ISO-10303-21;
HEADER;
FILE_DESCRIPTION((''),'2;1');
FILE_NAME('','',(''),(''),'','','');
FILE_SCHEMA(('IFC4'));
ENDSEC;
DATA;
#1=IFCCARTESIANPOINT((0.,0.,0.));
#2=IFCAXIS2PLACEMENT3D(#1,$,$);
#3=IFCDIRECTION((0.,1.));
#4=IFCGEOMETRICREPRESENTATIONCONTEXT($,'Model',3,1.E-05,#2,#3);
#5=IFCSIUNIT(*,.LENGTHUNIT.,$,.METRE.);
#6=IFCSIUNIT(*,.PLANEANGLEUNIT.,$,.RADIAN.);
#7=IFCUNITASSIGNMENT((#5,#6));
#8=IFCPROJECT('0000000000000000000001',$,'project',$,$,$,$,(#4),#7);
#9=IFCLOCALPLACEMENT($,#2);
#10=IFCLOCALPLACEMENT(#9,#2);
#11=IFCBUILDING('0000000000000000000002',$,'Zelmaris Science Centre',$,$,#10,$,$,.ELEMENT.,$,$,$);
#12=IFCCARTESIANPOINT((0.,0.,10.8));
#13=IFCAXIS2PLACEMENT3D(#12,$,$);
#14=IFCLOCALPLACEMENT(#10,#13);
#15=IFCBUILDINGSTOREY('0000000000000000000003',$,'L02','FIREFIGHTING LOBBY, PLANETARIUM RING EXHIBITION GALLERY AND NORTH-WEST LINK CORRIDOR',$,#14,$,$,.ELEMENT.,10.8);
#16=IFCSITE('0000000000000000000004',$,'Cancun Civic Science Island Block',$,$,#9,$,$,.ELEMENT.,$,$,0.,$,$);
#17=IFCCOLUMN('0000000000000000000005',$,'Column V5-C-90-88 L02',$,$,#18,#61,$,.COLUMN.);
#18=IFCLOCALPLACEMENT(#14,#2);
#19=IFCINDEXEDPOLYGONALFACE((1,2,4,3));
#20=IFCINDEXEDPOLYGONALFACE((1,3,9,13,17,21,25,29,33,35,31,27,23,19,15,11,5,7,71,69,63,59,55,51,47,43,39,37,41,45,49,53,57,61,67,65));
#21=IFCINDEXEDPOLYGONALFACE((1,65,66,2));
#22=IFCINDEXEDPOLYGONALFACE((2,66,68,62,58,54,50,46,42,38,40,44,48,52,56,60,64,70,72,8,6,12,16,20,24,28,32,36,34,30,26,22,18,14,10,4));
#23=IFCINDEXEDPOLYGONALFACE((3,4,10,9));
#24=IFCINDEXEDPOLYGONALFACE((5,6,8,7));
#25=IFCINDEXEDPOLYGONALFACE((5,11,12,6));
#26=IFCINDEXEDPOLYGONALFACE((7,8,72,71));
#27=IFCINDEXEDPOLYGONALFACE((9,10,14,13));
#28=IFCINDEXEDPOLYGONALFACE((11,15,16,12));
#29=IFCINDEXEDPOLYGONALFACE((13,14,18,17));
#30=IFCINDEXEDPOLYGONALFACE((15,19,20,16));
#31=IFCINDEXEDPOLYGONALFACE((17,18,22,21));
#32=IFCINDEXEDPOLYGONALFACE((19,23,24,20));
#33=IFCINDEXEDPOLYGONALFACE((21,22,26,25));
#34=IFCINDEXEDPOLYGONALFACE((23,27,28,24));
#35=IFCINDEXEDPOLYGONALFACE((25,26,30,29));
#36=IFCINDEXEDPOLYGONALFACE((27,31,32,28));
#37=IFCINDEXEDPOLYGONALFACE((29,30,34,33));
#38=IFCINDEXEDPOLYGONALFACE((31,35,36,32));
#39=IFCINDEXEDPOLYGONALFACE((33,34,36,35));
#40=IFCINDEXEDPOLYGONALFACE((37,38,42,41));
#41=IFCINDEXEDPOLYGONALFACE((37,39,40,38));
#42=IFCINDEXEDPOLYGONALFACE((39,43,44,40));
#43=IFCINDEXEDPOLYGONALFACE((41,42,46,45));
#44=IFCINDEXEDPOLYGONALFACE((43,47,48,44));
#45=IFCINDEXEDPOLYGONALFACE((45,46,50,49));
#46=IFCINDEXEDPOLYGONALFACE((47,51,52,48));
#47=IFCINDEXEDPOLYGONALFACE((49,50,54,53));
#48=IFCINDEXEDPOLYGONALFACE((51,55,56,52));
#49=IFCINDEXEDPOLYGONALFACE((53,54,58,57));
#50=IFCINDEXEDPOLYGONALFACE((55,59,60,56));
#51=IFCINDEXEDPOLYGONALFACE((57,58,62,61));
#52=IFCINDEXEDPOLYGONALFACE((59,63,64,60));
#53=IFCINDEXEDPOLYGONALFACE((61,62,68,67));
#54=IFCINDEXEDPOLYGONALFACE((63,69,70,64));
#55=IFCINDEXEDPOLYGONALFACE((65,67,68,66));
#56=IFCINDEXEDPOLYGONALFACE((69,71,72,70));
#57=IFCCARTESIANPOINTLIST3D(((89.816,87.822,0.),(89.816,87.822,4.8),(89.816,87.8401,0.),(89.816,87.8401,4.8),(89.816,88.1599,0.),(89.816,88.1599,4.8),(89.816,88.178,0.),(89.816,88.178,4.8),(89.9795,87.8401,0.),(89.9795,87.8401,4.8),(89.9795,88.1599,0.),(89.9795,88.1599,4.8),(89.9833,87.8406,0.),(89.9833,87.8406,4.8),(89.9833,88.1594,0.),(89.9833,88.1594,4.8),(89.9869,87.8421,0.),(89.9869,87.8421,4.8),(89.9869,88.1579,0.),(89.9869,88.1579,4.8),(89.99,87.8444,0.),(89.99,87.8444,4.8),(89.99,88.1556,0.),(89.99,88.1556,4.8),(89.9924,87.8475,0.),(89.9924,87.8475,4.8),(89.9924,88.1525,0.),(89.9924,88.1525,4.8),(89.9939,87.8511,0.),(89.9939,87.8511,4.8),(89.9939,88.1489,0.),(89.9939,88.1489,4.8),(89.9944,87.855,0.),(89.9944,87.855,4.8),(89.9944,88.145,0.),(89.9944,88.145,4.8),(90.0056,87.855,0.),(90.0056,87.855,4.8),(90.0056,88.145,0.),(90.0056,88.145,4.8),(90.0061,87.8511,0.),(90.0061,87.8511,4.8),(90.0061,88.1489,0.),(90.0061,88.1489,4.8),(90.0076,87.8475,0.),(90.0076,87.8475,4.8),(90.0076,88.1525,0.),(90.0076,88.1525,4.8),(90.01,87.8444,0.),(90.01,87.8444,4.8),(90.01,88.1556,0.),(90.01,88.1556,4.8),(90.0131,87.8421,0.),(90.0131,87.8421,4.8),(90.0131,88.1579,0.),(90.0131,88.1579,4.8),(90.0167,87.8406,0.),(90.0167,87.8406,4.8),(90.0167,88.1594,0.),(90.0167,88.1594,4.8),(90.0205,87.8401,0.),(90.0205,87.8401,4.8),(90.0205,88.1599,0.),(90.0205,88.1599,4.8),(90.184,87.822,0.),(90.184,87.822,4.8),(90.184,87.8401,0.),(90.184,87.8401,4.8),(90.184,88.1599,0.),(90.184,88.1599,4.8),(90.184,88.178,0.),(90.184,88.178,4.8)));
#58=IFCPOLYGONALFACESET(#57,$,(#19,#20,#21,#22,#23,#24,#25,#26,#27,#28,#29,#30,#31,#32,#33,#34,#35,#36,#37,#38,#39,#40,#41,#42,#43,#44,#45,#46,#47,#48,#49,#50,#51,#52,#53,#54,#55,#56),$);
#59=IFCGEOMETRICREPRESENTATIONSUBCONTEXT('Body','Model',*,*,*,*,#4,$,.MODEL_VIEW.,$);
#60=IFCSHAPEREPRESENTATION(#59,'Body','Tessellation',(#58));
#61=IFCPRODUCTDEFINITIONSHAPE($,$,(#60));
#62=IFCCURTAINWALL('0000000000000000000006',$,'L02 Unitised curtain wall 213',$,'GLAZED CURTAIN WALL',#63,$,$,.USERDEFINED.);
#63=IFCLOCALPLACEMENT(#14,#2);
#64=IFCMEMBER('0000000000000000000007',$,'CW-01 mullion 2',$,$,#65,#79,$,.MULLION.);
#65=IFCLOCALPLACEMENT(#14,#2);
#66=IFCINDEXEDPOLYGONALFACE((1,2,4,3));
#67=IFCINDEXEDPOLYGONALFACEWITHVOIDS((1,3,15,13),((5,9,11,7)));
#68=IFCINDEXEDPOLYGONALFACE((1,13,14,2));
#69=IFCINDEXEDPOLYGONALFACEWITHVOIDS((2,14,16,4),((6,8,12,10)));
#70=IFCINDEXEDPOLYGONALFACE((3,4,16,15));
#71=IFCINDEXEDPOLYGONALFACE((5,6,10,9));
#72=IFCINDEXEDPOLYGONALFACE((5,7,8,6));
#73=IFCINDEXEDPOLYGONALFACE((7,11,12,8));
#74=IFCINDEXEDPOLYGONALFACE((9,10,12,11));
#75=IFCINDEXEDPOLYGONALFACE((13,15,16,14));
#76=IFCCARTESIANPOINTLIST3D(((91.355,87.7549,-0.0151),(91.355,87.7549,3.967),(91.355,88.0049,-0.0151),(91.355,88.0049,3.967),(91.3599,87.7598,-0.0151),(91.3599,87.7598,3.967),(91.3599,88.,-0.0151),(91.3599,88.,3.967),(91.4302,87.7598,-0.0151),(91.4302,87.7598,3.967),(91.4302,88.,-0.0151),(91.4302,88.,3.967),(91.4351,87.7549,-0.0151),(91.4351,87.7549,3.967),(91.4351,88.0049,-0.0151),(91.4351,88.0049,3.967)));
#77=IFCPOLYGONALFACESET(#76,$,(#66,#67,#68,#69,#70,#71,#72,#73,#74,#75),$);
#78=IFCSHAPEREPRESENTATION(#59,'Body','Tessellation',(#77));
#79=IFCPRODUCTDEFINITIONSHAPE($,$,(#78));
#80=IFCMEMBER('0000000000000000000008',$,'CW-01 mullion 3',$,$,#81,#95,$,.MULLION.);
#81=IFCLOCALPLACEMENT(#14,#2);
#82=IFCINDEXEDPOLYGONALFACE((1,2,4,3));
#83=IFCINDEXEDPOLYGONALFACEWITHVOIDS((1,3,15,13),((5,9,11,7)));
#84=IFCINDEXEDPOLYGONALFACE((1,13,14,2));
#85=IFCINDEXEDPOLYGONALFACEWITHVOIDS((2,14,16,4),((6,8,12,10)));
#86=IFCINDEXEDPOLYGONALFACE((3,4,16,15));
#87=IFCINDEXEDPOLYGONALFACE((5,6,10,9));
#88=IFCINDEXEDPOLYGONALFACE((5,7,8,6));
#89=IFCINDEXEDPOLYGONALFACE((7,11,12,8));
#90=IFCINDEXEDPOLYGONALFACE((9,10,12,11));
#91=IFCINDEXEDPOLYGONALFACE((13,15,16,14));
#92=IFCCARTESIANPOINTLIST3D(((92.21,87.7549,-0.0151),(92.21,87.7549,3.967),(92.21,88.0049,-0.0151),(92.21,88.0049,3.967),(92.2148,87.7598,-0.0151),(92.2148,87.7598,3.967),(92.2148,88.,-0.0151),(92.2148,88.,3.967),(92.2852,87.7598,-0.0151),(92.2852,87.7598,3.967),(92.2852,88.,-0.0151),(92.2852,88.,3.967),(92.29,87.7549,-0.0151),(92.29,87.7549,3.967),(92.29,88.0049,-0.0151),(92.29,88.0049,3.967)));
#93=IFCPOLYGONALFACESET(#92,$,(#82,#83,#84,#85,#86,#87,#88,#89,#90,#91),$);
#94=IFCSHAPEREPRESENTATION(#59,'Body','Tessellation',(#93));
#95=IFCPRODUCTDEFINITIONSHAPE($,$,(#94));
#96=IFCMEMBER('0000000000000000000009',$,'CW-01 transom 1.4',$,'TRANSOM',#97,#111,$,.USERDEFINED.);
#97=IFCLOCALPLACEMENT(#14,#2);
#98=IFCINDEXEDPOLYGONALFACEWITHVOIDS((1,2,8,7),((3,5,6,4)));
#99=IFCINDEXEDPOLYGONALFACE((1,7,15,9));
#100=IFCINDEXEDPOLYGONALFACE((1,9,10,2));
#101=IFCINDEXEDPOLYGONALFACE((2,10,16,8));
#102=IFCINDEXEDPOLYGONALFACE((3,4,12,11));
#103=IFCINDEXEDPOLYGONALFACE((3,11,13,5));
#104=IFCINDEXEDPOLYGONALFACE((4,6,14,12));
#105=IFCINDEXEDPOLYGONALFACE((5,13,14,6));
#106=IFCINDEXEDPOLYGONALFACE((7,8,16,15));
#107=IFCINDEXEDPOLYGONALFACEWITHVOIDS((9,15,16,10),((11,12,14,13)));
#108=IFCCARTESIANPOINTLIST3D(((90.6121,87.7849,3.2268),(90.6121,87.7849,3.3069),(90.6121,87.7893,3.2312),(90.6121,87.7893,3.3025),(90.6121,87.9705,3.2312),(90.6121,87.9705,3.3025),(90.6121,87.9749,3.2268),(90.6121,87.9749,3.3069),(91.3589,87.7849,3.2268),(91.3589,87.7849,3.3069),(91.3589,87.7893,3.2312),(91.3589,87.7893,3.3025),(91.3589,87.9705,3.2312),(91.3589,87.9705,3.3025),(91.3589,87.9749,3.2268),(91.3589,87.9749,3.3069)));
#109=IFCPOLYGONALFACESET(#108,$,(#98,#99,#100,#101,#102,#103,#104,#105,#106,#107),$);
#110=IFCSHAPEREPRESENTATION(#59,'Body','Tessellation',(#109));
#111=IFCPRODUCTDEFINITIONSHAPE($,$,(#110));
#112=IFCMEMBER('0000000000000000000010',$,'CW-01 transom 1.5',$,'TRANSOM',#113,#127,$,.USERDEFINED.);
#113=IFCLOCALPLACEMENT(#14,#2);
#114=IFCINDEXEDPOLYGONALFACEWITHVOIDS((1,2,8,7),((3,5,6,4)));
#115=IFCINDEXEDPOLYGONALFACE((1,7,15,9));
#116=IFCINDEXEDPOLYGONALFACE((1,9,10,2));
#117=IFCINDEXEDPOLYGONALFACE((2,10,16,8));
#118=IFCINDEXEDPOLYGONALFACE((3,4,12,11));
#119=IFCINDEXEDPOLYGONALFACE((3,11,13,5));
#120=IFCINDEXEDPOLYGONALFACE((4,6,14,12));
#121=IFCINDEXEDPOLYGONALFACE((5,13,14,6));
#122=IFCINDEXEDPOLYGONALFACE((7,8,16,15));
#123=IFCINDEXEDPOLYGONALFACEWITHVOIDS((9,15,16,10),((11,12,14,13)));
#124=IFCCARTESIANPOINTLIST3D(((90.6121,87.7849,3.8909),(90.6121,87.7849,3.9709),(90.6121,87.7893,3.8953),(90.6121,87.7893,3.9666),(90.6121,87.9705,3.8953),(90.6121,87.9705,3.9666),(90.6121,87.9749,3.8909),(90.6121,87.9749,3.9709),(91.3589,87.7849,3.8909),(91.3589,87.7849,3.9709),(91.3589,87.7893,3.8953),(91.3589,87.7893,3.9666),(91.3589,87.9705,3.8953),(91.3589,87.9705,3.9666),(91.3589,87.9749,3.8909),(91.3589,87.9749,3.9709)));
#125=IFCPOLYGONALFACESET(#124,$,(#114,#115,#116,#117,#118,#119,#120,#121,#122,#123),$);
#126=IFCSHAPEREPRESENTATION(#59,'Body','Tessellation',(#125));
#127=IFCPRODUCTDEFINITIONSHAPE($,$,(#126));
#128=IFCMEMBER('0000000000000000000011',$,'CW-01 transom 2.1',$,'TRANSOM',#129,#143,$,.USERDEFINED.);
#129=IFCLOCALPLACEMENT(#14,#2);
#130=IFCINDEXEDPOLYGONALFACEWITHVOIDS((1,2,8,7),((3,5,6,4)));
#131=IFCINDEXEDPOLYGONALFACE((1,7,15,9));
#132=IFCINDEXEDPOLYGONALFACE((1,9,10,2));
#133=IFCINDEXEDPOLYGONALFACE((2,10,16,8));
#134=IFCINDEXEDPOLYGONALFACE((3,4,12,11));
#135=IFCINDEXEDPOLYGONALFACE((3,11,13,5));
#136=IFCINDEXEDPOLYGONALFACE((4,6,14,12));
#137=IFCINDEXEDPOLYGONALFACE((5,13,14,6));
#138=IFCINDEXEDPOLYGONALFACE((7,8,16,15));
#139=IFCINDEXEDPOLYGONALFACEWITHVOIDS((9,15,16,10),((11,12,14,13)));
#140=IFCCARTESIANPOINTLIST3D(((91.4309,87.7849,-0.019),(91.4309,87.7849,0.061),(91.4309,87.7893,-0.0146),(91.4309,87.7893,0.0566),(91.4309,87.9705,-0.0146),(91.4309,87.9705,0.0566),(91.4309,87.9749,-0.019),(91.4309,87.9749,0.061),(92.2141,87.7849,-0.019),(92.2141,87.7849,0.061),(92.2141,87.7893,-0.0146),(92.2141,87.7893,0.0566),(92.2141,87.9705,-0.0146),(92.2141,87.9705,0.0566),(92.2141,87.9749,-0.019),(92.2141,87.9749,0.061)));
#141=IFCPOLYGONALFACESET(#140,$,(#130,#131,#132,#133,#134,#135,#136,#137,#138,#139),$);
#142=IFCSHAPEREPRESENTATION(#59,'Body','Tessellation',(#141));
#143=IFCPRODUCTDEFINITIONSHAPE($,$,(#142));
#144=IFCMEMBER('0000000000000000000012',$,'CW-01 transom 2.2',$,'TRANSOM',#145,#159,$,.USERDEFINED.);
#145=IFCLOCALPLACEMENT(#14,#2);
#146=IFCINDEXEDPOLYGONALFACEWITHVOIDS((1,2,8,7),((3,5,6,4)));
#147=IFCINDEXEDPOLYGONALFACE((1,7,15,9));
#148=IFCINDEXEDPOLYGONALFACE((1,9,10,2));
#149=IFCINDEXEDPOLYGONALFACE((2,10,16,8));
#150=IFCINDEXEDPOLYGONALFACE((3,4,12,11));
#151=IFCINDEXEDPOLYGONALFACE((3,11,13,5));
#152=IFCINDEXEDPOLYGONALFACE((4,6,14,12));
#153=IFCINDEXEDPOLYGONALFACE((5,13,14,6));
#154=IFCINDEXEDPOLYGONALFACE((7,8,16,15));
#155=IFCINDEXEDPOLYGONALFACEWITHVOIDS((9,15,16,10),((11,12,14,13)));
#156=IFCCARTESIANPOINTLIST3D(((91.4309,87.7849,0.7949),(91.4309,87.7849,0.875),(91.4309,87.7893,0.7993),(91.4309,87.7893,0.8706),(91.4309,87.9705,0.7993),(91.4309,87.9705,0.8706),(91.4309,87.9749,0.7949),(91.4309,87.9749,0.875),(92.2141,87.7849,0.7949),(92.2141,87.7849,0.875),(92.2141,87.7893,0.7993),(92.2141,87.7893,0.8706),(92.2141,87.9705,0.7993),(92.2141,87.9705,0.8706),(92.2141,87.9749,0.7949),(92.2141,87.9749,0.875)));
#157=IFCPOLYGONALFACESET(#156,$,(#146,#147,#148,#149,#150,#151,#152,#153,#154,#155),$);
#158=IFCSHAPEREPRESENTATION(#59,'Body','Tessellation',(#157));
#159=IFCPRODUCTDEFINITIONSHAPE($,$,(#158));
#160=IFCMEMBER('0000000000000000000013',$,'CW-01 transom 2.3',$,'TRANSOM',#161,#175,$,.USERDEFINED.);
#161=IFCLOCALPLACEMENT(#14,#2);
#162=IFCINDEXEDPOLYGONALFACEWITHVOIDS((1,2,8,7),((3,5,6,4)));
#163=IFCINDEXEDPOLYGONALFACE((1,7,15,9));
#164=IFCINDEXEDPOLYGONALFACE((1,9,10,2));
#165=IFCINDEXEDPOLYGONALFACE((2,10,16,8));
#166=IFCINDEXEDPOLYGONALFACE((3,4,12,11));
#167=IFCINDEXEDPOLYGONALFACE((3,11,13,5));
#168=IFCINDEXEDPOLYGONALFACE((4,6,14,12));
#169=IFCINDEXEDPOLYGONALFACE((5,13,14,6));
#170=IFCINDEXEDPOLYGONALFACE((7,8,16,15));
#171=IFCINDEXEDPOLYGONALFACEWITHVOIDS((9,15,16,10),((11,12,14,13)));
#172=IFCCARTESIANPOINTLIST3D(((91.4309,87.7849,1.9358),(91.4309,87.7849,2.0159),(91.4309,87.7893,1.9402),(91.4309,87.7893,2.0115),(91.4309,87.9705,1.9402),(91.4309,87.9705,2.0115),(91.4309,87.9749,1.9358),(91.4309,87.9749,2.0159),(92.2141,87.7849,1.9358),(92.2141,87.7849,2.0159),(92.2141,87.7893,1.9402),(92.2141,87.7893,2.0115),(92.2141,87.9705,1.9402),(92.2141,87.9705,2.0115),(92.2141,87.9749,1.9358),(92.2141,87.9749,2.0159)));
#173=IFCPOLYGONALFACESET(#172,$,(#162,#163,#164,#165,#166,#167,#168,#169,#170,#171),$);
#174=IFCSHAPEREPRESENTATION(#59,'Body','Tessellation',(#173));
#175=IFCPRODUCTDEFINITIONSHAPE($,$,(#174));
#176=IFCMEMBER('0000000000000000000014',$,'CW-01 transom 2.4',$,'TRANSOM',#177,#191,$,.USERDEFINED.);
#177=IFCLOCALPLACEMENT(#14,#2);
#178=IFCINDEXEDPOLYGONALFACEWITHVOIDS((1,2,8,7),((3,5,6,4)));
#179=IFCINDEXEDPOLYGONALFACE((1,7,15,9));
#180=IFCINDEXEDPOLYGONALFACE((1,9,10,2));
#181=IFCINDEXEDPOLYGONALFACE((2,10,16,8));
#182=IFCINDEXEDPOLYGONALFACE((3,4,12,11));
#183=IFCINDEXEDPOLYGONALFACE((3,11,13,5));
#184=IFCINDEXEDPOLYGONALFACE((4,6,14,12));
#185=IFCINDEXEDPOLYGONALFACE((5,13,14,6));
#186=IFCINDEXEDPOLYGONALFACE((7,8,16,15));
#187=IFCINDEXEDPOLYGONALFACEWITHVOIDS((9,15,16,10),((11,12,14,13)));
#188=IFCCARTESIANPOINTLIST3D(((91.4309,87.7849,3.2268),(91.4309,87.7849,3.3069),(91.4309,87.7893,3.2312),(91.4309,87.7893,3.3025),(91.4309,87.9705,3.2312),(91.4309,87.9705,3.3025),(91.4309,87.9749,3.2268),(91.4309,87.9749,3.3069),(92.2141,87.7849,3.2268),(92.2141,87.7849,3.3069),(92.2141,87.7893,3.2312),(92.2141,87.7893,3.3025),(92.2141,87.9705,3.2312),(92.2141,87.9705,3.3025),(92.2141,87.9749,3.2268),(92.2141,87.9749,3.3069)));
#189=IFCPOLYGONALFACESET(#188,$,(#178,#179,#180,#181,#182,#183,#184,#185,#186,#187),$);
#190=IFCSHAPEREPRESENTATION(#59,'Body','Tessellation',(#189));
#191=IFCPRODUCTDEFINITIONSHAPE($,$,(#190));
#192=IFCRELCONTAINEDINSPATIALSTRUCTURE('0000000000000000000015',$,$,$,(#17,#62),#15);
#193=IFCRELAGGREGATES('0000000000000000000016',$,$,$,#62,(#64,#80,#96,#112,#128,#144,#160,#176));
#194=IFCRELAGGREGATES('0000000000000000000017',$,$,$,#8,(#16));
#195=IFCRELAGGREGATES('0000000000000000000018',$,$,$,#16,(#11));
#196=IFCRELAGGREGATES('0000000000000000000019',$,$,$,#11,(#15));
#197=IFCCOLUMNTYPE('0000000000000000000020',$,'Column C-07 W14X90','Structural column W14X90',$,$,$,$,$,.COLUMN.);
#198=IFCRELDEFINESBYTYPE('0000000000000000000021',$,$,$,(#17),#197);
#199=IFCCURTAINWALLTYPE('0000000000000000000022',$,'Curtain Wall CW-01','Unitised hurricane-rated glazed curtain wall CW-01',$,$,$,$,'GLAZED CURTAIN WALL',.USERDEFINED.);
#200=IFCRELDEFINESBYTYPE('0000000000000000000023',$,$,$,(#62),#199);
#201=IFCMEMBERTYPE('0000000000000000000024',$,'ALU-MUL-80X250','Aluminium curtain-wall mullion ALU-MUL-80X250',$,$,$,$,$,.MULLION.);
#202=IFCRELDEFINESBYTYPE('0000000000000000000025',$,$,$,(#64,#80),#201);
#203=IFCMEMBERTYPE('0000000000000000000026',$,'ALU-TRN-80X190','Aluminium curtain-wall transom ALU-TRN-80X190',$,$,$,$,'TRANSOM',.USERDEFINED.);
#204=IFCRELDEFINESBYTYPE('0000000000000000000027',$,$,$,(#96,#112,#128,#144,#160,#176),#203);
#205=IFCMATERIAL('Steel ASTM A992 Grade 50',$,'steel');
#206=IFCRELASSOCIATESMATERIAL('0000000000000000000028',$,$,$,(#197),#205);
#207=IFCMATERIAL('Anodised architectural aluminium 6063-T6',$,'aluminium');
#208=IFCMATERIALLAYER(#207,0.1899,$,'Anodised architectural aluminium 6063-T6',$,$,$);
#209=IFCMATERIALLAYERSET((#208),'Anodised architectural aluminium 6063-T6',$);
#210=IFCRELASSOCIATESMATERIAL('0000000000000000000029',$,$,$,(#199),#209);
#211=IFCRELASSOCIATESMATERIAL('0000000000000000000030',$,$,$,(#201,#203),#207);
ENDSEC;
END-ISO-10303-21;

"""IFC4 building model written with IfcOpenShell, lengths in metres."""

from ifc_helpers import new_model, si_unit, direction, frame, origin, origin_2d, place, context, subcontext, project, spatial, hollow_rectangle, i_section, extrude, material, layer, layer_set, material_profile, profile_set, type_object, element, aggregate, save


model = new_model("IFC4")

# Units and contexts
model_context = context("Model", 3, precision=1e-05, world=origin(), true_north=direction((0.0, 1.0)))
body_context = subcontext(model_context, "Body", "Model", "MODEL_VIEW")
ifc_project = project(units=[si_unit("LENGTHUNIT", "METRE"), si_unit("PLANEANGLEUNIT", "RADIAN")], contexts=[model_context])

# Site, building, storey
site_placement = place(None, origin())
site = spatial("IfcSite", under=ifc_project, at=site_placement, Name="Cancun Civic Science Island Block", CompositionType="ELEMENT", RefElevation=0.0)
building_placement = place(site_placement, origin())
building = spatial("IfcBuilding", under=site, at=building_placement, Name="Zelmaris Science Centre", CompositionType="ELEMENT")
storey_placement = place(building_placement, frame((0.0, 0.0, 10.8)))
storey = spatial("IfcBuildingStorey", under=building, at=storey_placement, Name="L02", Description="FIREFIGHTING LOBBY, PLANETARIUM RING EXHIBITION GALLERY AND NORTH-WEST LINK CORRIDOR", CompositionType="ELEMENT", Elevation=10.8)

# Column
ifc_material_1 = material(Name="Steel ASTM A992 Grade 50", Category="steel")
ifc_material_profile_1 = material_profile(ifc_material_1, i_section(OverallWidth=0.3679, OverallDepth=0.356, WebThickness=0.0112, FlangeThickness=0.0181, FilletRadius=0.0149, at=origin_2d()), Name="W14X90")
ifc_profile_set_1 = profile_set([ifc_material_profile_1], Name="Steel ASTM A992 Grade 50")
column_type = type_object("IfcColumnType", Name="Column C-07 W14X90", Description="Structural column W14X90", PredefinedType="COLUMN", material=ifc_profile_set_1)
column_placement = place(storey_placement, frame((90.0, 88.0, 0.0), z_axis=(0.0, 0.0, 1.0), x_axis=(1.0, 0.0, 0.0)))
element("IfcColumn", 1, at=column_placement, inside=storey, type_object=column_type, Name="Column V5-C-90-88 L02", PredefinedType="COLUMN", context=body_context, shape_type="SweptSolid", body=[
    extrude(i_section(OverallWidth=0.3679, OverallDepth=0.356, WebThickness=0.0112, FlangeThickness=0.0181, FilletRadius=0.0149, at=origin_2d()), origin(), (0.0, 0.0, 1.0), 4.8),
])

# Curtain wall, members
ifc_material_2 = material(Name="Anodised architectural aluminium 6063-T6", Category="aluminium")
ifc_layer_1 = layer(ifc_material_2, 0.1899, Name="Anodised architectural aluminium 6063-T6")
ifc_layer_set_1 = layer_set([ifc_layer_1], Name="Anodised architectural aluminium 6063-T6")
curtain_wall_type = type_object("IfcCurtainWallType", Name="Curtain Wall CW-01", Description="Unitised hurricane-rated glazed curtain wall CW-01", ElementType="GLAZED CURTAIN WALL", PredefinedType="USERDEFINED", material=ifc_layer_set_1)
curtain_wall_placement = place(storey_placement, origin())
curtain_wall = element("IfcCurtainWall", 2, at=curtain_wall_placement, inside=storey, type_object=curtain_wall_type, Name="L02 Unitised curtain wall 213", ObjectType="GLAZED CURTAIN WALL", PredefinedType="USERDEFINED")
ifc_material_profile_2 = material_profile(ifc_material_2, hollow_rectangle(XDim=0.0801, YDim=0.25, WallThickness=0.0049, at=origin_2d()), Name="ALU-MUL-80X250")
ifc_profile_set_2 = profile_set([ifc_material_profile_2], Name="Anodised architectural aluminium 6063-T6")
member_type_1 = type_object("IfcMemberType", Name="ALU-MUL-80X250", Description="Aluminium curtain-wall mullion ALU-MUL-80X250", PredefinedType="MULLION", material=ifc_profile_set_2)
member_1_placement = place(storey_placement, frame((91.395, 87.8799, -0.0151), z_axis=(0.0, 0.0, 1.0), x_axis=(1.0, 0.0, 0.0)))
member_1 = element("IfcMember", 3, at=member_1_placement, type_object=member_type_1, Name="CW-01 mullion 2", PredefinedType="MULLION", context=body_context, shape_type="SweptSolid", body=[
    extrude(hollow_rectangle(XDim=0.0801, YDim=0.25, WallThickness=0.0049, at=origin_2d()), origin(), (0.0, 0.0, 1.0), 3.9822),
])
member_2_placement = place(storey_placement, frame((92.25, 87.8799, -0.0151), z_axis=(0.0, 0.0, 1.0), x_axis=(1.0, 0.0, 0.0)))
member_2 = element("IfcMember", 4, at=member_2_placement, type_object=member_type_1, Name="CW-01 mullion 3", PredefinedType="MULLION", context=body_context, shape_type="SweptSolid", body=[
    extrude(hollow_rectangle(XDim=0.0801, YDim=0.25, WallThickness=0.0049, at=origin_2d()), origin(), (0.0, 0.0, 1.0), 3.9822),
])
ifc_material_profile_3 = material_profile(ifc_material_2, hollow_rectangle(XDim=0.0801, YDim=0.1899, WallThickness=0.0044, at=origin_2d()), Name="ALU-TRN-80X190")
ifc_profile_set_3 = profile_set([ifc_material_profile_3], Name="Anodised architectural aluminium 6063-T6")
member_type_2 = type_object("IfcMemberType", Name="ALU-TRN-80X190", Description="Aluminium curtain-wall transom ALU-TRN-80X190", ElementType="TRANSOM", PredefinedType="USERDEFINED", material=ifc_profile_set_3)
member_3_placement = place(storey_placement, frame((90.6121, 87.8799, 3.2668), z_axis=(1.0, 0.0, 0.0), x_axis=(0.0, 0.0, 1.0)))
member_3 = element("IfcMember", 5, at=member_3_placement, type_object=member_type_2, Name="CW-01 transom 1.4", ObjectType="TRANSOM", PredefinedType="USERDEFINED", context=body_context, shape_type="SweptSolid", body=[
    extrude(hollow_rectangle(XDim=0.0801, YDim=0.1899, WallThickness=0.0044, at=origin_2d()), origin(), (0.0, 0.0, 1.0), 0.7468),
])
member_4_placement = place(storey_placement, frame((90.6121, 87.8799, 3.9309), z_axis=(1.0, 0.0, 0.0), x_axis=(0.0, 0.0, 1.0)))
member_4 = element("IfcMember", 6, at=member_4_placement, type_object=member_type_2, Name="CW-01 transom 1.5", ObjectType="TRANSOM", PredefinedType="USERDEFINED", context=body_context, shape_type="SweptSolid", body=[
    extrude(hollow_rectangle(XDim=0.0801, YDim=0.1899, WallThickness=0.0044, at=origin_2d()), origin(), (0.0, 0.0, 1.0), 0.7468),
])
member_5_placement = place(storey_placement, frame((91.4309, 87.8799, 0.021), z_axis=(1.0, 0.0, 0.0), x_axis=(0.0, 0.0, 1.0)))
member_5 = element("IfcMember", 7, at=member_5_placement, type_object=member_type_2, Name="CW-01 transom 2.1", ObjectType="TRANSOM", PredefinedType="USERDEFINED", context=body_context, shape_type="SweptSolid", body=[
    extrude(hollow_rectangle(XDim=0.0801, YDim=0.1899, WallThickness=0.0044, at=origin_2d()), origin(), (0.0, 0.0, 1.0), 0.7832),
])
member_6_placement = place(storey_placement, frame((91.4309, 87.8799, 0.835), z_axis=(1.0, 0.0, 0.0), x_axis=(0.0, 0.0, 1.0)))
member_6 = element("IfcMember", 8, at=member_6_placement, type_object=member_type_2, Name="CW-01 transom 2.2", ObjectType="TRANSOM", PredefinedType="USERDEFINED", context=body_context, shape_type="SweptSolid", body=[
    extrude(hollow_rectangle(XDim=0.0801, YDim=0.1899, WallThickness=0.0044, at=origin_2d()), origin(), (0.0, 0.0, 1.0), 0.7832),
])
member_7_placement = place(storey_placement, frame((91.4309, 87.8799, 1.9758), z_axis=(1.0, 0.0, 0.0), x_axis=(0.0, 0.0, 1.0)))
member_7 = element("IfcMember", 9, at=member_7_placement, type_object=member_type_2, Name="CW-01 transom 2.3", ObjectType="TRANSOM", PredefinedType="USERDEFINED", context=body_context, shape_type="SweptSolid", body=[
    extrude(hollow_rectangle(XDim=0.0801, YDim=0.1899, WallThickness=0.0044, at=origin_2d()), origin(), (0.0, 0.0, 1.0), 0.7832),
])
member_8_placement = place(storey_placement, frame((91.4309, 87.8799, 3.2668), z_axis=(1.0, 0.0, 0.0), x_axis=(0.0, 0.0, 1.0)))
member_8 = element("IfcMember", 10, at=member_8_placement, type_object=member_type_2, Name="CW-01 transom 2.4", ObjectType="TRANSOM", PredefinedType="USERDEFINED", context=body_context, shape_type="SweptSolid", body=[
    extrude(hollow_rectangle(XDim=0.0801, YDim=0.1899, WallThickness=0.0044, at=origin_2d()), origin(), (0.0, 0.0, 1.0), 0.7832),
])

aggregate(curtain_wall, [member_1, member_2, member_3, member_4, member_5, member_6, member_7, member_8])

save(model, "model.ifc")
